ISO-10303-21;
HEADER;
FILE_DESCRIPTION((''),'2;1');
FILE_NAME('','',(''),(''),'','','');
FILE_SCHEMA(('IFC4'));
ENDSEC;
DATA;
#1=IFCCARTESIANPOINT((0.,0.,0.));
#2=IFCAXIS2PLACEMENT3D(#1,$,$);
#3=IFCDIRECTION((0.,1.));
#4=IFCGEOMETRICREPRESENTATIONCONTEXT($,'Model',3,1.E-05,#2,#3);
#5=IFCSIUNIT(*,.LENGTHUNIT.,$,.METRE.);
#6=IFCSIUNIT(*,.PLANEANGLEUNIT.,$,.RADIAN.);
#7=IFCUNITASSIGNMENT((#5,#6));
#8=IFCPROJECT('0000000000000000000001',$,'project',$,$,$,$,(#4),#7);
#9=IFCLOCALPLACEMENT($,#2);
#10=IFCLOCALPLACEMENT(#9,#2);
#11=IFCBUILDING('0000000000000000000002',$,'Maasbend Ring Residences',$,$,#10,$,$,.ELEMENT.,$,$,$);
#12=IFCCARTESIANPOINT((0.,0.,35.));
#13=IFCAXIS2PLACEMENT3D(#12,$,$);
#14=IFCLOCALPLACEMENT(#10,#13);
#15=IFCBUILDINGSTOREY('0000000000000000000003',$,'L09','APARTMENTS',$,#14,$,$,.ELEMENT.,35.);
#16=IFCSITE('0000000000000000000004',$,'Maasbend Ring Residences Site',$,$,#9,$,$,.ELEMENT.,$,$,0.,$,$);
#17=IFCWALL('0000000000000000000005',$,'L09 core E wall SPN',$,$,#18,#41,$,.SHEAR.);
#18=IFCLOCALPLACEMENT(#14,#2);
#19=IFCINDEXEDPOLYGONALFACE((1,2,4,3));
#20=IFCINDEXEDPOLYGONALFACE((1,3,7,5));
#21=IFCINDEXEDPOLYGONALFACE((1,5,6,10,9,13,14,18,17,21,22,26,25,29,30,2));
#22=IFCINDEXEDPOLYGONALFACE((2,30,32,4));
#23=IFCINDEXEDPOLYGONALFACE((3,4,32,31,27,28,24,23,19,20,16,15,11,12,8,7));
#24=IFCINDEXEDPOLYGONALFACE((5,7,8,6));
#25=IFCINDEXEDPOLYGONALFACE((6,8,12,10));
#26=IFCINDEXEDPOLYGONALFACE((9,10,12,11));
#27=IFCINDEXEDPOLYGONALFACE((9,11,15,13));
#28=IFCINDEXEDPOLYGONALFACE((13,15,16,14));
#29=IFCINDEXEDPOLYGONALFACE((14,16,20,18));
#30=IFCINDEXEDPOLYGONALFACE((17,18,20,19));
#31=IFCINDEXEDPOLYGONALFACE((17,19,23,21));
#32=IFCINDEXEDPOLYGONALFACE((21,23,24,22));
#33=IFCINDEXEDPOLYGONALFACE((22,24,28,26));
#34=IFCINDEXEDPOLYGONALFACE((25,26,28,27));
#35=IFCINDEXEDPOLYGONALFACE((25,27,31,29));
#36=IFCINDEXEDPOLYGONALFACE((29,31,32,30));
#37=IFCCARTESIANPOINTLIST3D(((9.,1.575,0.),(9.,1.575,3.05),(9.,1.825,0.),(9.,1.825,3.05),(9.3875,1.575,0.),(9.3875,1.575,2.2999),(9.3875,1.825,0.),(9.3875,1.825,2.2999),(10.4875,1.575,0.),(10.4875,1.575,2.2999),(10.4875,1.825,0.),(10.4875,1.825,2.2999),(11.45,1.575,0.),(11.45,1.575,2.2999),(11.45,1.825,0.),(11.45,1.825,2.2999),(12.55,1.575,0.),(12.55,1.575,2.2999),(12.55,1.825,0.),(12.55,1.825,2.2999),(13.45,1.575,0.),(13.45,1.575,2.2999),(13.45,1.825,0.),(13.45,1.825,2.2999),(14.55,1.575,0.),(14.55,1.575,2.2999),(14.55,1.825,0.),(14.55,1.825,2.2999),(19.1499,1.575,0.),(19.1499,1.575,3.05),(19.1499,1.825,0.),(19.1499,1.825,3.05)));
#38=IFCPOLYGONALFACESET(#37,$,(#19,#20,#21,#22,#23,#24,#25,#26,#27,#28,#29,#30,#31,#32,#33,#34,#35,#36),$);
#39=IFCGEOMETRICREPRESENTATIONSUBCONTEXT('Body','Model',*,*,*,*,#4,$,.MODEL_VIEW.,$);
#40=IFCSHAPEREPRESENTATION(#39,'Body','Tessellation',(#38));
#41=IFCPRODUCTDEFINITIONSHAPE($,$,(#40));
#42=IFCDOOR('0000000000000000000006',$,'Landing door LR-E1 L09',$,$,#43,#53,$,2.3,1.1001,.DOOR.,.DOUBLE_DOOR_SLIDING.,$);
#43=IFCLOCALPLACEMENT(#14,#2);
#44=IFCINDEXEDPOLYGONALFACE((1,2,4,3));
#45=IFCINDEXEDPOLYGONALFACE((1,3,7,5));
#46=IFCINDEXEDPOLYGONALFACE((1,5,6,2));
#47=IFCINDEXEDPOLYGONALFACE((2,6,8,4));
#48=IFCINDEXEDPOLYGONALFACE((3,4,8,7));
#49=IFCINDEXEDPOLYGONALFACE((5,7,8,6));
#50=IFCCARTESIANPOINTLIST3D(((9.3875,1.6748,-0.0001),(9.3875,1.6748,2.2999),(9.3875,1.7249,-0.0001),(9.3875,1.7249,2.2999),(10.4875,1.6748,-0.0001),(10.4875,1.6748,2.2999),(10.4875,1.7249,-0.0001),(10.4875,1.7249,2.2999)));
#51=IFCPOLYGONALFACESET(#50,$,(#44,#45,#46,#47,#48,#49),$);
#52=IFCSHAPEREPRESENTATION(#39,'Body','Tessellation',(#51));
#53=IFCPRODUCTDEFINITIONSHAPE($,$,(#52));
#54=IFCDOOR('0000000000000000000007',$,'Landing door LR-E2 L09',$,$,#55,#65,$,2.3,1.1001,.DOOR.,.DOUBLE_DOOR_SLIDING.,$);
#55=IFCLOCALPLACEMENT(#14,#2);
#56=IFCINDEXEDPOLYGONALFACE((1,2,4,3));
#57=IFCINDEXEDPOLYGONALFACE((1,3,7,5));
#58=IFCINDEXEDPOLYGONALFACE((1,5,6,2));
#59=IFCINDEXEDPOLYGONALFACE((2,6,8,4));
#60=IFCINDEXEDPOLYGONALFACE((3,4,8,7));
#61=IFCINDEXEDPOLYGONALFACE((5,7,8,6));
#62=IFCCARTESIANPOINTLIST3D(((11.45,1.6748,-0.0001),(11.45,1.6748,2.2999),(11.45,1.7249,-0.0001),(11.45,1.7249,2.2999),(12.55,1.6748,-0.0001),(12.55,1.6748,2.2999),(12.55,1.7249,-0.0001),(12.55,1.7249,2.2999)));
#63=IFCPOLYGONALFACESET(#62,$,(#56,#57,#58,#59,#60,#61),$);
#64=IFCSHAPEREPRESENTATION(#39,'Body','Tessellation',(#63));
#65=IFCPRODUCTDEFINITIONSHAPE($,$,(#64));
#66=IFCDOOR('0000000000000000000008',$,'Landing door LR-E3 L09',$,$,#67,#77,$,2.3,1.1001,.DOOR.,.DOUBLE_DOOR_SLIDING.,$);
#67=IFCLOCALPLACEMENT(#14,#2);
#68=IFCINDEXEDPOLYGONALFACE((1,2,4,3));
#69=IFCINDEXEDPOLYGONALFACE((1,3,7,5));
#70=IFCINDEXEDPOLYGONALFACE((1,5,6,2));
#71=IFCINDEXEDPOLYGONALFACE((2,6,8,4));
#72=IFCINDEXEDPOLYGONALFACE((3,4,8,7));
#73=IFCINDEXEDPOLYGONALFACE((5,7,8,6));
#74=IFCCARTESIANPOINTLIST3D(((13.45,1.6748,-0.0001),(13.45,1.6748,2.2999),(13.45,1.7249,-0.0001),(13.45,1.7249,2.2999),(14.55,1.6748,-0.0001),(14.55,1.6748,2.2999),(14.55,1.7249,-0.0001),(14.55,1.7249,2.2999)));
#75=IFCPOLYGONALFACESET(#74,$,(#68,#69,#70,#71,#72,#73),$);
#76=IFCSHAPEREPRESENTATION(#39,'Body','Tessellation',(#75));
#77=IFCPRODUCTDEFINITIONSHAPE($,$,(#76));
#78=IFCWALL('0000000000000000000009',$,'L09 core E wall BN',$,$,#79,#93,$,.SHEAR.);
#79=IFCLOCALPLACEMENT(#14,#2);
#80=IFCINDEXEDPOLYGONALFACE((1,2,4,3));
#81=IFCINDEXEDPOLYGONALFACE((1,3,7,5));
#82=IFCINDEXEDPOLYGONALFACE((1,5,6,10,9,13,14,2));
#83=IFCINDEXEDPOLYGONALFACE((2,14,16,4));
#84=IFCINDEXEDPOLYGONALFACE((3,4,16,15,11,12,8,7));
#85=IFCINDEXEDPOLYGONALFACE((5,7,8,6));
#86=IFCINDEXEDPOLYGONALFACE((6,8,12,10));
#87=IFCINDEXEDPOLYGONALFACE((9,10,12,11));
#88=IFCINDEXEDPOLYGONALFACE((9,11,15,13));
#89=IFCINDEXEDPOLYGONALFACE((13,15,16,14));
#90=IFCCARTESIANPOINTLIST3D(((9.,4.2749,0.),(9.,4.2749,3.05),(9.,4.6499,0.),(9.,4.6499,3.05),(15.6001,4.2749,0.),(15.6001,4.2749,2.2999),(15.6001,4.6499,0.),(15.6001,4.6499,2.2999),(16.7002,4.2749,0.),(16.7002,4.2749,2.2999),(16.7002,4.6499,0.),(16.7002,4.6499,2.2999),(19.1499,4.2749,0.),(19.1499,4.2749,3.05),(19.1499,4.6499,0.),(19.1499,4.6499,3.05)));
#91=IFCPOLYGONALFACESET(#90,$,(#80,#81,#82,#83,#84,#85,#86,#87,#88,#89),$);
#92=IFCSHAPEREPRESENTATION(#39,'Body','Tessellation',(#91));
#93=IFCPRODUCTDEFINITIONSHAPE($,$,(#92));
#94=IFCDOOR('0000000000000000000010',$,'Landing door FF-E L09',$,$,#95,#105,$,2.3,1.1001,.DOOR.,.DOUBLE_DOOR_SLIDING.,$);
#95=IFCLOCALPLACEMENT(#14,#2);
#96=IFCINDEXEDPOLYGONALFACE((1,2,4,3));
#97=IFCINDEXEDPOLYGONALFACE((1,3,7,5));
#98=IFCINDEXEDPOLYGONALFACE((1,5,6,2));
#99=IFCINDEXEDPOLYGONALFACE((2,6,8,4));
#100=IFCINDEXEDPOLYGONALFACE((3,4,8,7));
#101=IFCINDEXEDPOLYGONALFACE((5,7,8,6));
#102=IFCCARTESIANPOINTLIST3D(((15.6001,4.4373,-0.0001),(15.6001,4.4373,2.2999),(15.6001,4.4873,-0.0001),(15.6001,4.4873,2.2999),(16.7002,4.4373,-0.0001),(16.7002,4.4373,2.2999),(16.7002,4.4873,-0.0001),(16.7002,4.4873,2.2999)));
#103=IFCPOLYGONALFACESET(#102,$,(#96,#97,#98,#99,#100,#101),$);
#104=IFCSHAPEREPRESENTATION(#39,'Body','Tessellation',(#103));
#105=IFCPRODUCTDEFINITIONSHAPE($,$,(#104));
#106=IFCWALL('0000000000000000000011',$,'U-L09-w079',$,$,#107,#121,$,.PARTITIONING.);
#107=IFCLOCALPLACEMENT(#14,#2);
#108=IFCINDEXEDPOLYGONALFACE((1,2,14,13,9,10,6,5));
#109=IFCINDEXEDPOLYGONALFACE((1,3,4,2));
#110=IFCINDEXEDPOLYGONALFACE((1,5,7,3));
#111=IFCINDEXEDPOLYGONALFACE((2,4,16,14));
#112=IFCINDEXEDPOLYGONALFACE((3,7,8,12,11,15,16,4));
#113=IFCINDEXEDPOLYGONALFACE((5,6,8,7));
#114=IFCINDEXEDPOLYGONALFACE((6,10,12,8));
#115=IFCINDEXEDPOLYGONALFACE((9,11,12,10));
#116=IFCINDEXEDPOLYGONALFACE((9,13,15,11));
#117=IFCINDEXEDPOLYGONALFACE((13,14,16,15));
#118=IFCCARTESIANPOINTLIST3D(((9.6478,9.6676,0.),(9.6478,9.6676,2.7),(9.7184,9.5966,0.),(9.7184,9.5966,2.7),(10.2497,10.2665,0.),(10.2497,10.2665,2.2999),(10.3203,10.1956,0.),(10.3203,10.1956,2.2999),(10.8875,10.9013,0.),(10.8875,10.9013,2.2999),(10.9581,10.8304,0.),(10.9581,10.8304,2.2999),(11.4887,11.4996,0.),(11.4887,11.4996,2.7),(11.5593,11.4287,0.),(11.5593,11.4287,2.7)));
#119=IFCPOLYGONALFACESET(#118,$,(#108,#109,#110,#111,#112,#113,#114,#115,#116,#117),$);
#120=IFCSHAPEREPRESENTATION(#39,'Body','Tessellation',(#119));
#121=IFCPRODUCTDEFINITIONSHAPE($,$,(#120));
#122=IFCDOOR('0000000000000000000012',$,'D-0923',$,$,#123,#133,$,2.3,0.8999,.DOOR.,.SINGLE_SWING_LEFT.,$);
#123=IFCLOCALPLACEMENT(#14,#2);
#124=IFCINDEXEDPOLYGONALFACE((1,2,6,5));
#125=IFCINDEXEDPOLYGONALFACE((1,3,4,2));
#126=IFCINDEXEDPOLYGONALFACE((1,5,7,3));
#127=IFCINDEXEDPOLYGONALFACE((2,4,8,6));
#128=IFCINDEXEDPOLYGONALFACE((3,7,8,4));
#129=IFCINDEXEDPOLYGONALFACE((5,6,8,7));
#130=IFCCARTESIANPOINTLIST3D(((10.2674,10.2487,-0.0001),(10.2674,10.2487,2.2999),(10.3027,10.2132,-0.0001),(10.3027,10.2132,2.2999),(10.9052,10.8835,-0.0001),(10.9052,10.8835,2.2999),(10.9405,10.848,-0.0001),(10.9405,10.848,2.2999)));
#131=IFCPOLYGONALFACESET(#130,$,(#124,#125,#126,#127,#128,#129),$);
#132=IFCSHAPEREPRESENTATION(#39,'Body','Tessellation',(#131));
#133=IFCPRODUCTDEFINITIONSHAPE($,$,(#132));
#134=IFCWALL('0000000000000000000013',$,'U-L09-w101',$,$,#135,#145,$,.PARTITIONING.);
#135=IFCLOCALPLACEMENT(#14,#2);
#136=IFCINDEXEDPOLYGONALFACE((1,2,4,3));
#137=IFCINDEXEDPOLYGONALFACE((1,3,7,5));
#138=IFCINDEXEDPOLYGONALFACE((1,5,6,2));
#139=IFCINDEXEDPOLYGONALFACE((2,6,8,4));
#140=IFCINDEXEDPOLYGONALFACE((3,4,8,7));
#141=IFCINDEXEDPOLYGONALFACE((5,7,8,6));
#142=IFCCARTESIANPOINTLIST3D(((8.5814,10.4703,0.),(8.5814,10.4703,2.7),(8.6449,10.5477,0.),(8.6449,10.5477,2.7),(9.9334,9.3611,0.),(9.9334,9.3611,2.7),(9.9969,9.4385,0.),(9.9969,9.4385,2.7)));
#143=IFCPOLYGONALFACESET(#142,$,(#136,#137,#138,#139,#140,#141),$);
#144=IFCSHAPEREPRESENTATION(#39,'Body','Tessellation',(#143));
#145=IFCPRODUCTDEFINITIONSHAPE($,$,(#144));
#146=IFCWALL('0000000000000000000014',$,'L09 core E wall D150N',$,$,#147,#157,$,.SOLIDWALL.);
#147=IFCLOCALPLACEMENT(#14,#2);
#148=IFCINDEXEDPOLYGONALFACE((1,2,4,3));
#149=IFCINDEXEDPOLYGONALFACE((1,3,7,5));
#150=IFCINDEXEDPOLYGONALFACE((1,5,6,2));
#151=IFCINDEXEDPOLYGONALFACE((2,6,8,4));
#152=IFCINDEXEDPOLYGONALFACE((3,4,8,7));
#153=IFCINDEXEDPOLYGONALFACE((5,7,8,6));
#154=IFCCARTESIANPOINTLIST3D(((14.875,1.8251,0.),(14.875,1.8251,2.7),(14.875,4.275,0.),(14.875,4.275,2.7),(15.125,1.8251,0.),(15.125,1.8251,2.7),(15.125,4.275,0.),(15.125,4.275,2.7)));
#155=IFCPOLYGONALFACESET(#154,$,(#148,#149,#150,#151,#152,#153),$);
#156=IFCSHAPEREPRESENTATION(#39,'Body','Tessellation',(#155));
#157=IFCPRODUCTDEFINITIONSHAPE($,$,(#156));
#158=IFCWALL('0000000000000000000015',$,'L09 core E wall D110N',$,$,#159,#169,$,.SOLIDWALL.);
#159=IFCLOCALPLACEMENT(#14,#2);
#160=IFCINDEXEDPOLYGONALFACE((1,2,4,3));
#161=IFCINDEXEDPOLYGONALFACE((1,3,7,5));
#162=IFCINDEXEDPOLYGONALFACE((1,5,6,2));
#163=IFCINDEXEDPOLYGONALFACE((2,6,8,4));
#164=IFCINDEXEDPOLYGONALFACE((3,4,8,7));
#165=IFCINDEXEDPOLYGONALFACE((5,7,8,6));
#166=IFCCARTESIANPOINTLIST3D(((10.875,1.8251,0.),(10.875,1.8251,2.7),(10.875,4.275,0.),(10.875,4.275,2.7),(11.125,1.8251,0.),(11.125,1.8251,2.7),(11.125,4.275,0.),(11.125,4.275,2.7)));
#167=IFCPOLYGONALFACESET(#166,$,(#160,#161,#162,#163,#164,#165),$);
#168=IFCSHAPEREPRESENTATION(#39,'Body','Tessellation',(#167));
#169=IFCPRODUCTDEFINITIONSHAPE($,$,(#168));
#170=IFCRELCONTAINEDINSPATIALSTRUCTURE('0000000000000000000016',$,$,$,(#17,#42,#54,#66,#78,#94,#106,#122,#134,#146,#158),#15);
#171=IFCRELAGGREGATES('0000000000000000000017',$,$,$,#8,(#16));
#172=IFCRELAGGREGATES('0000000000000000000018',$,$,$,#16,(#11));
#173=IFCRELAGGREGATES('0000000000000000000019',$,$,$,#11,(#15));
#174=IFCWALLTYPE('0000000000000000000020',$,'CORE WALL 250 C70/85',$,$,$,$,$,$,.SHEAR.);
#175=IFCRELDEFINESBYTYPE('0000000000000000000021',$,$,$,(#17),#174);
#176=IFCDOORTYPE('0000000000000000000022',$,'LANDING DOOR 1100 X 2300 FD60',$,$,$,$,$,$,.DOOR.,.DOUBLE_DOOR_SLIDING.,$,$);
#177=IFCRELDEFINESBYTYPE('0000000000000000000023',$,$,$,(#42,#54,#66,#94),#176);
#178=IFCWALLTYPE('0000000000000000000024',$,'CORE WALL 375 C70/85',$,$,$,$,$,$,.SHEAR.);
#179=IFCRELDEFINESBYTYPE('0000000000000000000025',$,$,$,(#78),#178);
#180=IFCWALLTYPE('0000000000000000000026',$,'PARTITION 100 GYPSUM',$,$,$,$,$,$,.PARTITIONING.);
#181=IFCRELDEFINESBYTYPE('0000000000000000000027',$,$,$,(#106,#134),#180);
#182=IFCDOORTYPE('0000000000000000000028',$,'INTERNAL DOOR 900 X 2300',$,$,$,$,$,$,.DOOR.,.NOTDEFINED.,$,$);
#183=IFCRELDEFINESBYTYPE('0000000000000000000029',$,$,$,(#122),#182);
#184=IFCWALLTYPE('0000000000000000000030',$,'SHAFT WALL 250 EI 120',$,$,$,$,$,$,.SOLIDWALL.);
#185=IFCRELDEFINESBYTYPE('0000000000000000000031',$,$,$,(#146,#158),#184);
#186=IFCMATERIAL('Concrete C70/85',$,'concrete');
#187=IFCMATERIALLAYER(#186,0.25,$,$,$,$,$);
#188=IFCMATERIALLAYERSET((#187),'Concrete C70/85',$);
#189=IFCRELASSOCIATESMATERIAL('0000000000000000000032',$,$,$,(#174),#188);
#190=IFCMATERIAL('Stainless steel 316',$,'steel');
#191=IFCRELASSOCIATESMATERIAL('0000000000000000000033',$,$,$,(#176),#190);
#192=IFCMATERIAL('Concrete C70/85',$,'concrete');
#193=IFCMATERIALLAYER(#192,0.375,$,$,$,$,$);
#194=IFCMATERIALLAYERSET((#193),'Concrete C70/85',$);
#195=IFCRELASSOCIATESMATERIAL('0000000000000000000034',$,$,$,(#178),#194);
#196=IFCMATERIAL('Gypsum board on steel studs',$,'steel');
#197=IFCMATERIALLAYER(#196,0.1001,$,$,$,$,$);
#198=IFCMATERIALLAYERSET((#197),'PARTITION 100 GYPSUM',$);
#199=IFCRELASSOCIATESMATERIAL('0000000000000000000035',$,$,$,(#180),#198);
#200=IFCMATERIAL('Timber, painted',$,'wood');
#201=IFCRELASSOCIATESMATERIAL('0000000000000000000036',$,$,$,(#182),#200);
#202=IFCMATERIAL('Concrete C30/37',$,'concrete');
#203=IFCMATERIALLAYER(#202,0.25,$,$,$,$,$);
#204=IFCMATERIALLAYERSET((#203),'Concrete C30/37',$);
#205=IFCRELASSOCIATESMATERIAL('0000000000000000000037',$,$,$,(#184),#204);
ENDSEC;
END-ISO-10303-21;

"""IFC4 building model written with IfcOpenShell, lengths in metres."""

from ifc_helpers import new_model, si_unit, direction, frame, frame_2d, origin, place, context, subcontext, project, spatial, rectangle, extrude, material, layer, layer_set, type_object, element, fill, save


model = new_model("IFC4")

# Units and contexts
model_context = context("Model", 3, precision=1e-05, world=origin(), true_north=direction((0.0, 1.0)))
body_context = subcontext(model_context, "Body", "Model", "MODEL_VIEW")
ifc_project = project(units=[si_unit("LENGTHUNIT", "METRE"), si_unit("PLANEANGLEUNIT", "RADIAN")], contexts=[model_context])

# Site, building, storey
site_placement = place(None, origin())
site = spatial("IfcSite", under=ifc_project, at=site_placement, Name="Maasbend Ring Residences Site", CompositionType="ELEMENT", RefElevation=0.0)
building_placement = place(site_placement, origin())
building = spatial("IfcBuilding", under=site, at=building_placement, Name="Maasbend Ring Residences", CompositionType="ELEMENT")
storey_placement = place(building_placement, frame((0.0, 0.0, 35.0)))
storey = spatial("IfcBuildingStorey", under=building, at=storey_placement, Name="L09", Description="APARTMENTS", CompositionType="ELEMENT", Elevation=35.0)

# Wall, openings, doors
ifc_material_1 = material(Name="Concrete C70/85", Category="concrete")
ifc_layer_1 = layer(ifc_material_1, 0.25)
ifc_layer_set_1 = layer_set([ifc_layer_1], Name="Concrete C70/85")
wall_type_1 = type_object("IfcWallType", Name="CORE WALL 250 C70/85", PredefinedType="SHEAR", material=ifc_layer_set_1)
wall_1_placement = place(storey_placement, frame((9.0, 1.7, 0.0), z_axis=(0.0, 0.0, 1.0), x_axis=(1.0, 0.0, 0.0)))
wall_1 = element("IfcWall", 1, at=wall_1_placement, inside=storey, type_object=wall_type_1, Name="L09 core E wall SPN", PredefinedType="SHEAR", context=body_context, shape_type="SweptSolid", body=[
    extrude(rectangle(XDim=10.1499, YDim=0.25, at=frame_2d((5.075, 0.0))), origin(), (0.0, 0.0, 1.0), 3.05),
])
opening_1_placement = place(wall_1_placement, frame((0.3875, 0.0, 0.0)))
opening_1 = element("IfcOpeningElement", 2, at=opening_1_placement, cuts=wall_1, PredefinedType="OPENING", context=body_context, shape_type="SweptSolid", body=[
    extrude(rectangle(XDim=1.1001, YDim=2.3, at=frame_2d((0.55, 1.1499))), frame((0.0, 0.135, 0.0), z_axis=(0.0, -1.0, 0.0), x_axis=(1.0, 0.0, 0.0)), (0.0, 0.0, 1.0), 0.27),
])
opening_2_placement = place(wall_1_placement, frame((2.45, 0.0, 0.0)))
opening_2 = element("IfcOpeningElement", 3, at=opening_2_placement, cuts=wall_1, PredefinedType="OPENING", context=body_context, shape_type="SweptSolid", body=[
    extrude(rectangle(XDim=1.1001, YDim=2.3, at=frame_2d((0.55, 1.1499))), frame((0.0, 0.135, 0.0), z_axis=(0.0, -1.0, 0.0), x_axis=(1.0, 0.0, 0.0)), (0.0, 0.0, 1.0), 0.27),
])
opening_3_placement = place(wall_1_placement, frame((4.45, 0.0, 0.0)))
opening_3 = element("IfcOpeningElement", 4, at=opening_3_placement, cuts=wall_1, PredefinedType="OPENING", context=body_context, shape_type="SweptSolid", body=[
    extrude(rectangle(XDim=1.1001, YDim=2.3, at=frame_2d((0.55, 1.1499))), frame((0.0, 0.135, 0.0), z_axis=(0.0, -1.0, 0.0), x_axis=(1.0, 0.0, 0.0)), (0.0, 0.0, 1.0), 0.27),
])
ifc_material_2 = material(Name="Stainless steel 316", Category="steel")
door_type_1 = type_object("IfcDoorType", Name="LANDING DOOR 1100 X 2300 FD60", OperationType="DOUBLE_DOOR_SLIDING", PredefinedType="DOOR", material=ifc_material_2)
door_1_placement = place(opening_1_placement, origin())
door_1 = element("IfcDoor", 5, at=door_1_placement, inside=storey, type_object=door_type_1, Name="Landing door LR-E1 L09", OperationType="DOUBLE_DOOR_SLIDING", OverallHeight=2.3, OverallWidth=1.1001, PredefinedType="DOOR", context=body_context, shape_type="SweptSolid", body=[
    extrude(rectangle(XDim=1.1001, YDim=2.3, at=frame_2d((0.55, 1.1499))), frame((0.0, 0.0249, 0.0), z_axis=(0.0, -1.0, 0.0), x_axis=(1.0, 0.0, 0.0)), (0.0, 0.0, 1.0), 0.05),
])
fill(opening_1, door_1)
door_2_placement = place(opening_2_placement, origin())
door_2 = element("IfcDoor", 6, at=door_2_placement, inside=storey, type_object=door_type_1, Name="Landing door LR-E2 L09", OperationType="DOUBLE_DOOR_SLIDING", OverallHeight=2.3, OverallWidth=1.1001, PredefinedType="DOOR", context=body_context, shape_type="SweptSolid", body=[
    extrude(rectangle(XDim=1.1001, YDim=2.3, at=frame_2d((0.55, 1.1499))), frame((0.0, 0.0249, 0.0), z_axis=(0.0, -1.0, 0.0), x_axis=(1.0, 0.0, 0.0)), (0.0, 0.0, 1.0), 0.05),
])
fill(opening_2, door_2)
door_3_placement = place(opening_3_placement, origin())
door_3 = element("IfcDoor", 7, at=door_3_placement, inside=storey, type_object=door_type_1, Name="Landing door LR-E3 L09", OperationType="DOUBLE_DOOR_SLIDING", OverallHeight=2.3, OverallWidth=1.1001, PredefinedType="DOOR", context=body_context, shape_type="SweptSolid", body=[
    extrude(rectangle(XDim=1.1001, YDim=2.3, at=frame_2d((0.55, 1.1499))), frame((0.0, 0.0249, 0.0), z_axis=(0.0, -1.0, 0.0), x_axis=(1.0, 0.0, 0.0)), (0.0, 0.0, 1.0), 0.05),
])
fill(opening_3, door_3)

# Walls, openings, doors
ifc_material_3 = material(Name="Concrete C70/85", Category="concrete")
ifc_layer_2 = layer(ifc_material_3, 0.375)
ifc_layer_set_2 = layer_set([ifc_layer_2], Name="Concrete C70/85")
wall_type_2 = type_object("IfcWallType", Name="CORE WALL 375 C70/85", PredefinedType="SHEAR", material=ifc_layer_set_2)
wall_2_placement = place(storey_placement, frame((9.0, 4.4624, 0.0), z_axis=(0.0, 0.0, 1.0), x_axis=(1.0, 0.0, 0.0)))
wall_2 = element("IfcWall", 8, at=wall_2_placement, inside=storey, type_object=wall_type_2, Name="L09 core E wall BN", PredefinedType="SHEAR", context=body_context, shape_type="SweptSolid", body=[
    extrude(rectangle(XDim=10.1499, YDim=0.375, at=frame_2d((5.075, 0.0))), origin(), (0.0, 0.0, 1.0), 3.05),
])
opening_4_placement = place(wall_2_placement, frame((6.6001, 0.0, 0.0)))
opening_4 = element("IfcOpeningElement", 9, at=opening_4_placement, cuts=wall_2, PredefinedType="OPENING", context=body_context, shape_type="SweptSolid", body=[
    extrude(rectangle(XDim=1.1001, YDim=2.3, at=frame_2d((0.55, 1.1499))), frame((0.0, 0.1975, 0.0), z_axis=(0.0, -1.0, 0.0), x_axis=(1.0, 0.0, 0.0)), (0.0, 0.0, 1.0), 0.395),
])
door_4_placement = place(opening_4_placement, origin())
door_4 = element("IfcDoor", 10, at=door_4_placement, inside=storey, type_object=door_type_1, Name="Landing door FF-E L09", OperationType="DOUBLE_DOOR_SLIDING", OverallHeight=2.3, OverallWidth=1.1001, PredefinedType="DOOR", context=body_context, shape_type="SweptSolid", body=[
    extrude(rectangle(XDim=1.1001, YDim=2.3, at=frame_2d((0.55, 1.1499))), frame((0.0, 0.0249, 0.0), z_axis=(0.0, -1.0, 0.0), x_axis=(1.0, 0.0, 0.0)), (0.0, 0.0, 1.0), 0.05),
])
fill(opening_4, door_4)
ifc_material_4 = material(Name="Gypsum board on steel studs", Category="steel")
ifc_layer_3 = layer(ifc_material_4, 0.1001)
ifc_layer_set_3 = layer_set([ifc_layer_3], Name="PARTITION 100 GYPSUM")
wall_type_3 = type_object("IfcWallType", Name="PARTITION 100 GYPSUM", PredefinedType="PARTITIONING", material=ifc_layer_set_3)
wall_3_placement = place(storey_placement, frame((9.6831, 9.6321, 0.0), z_axis=(0.0, 0.0, 1.0), x_axis=(0.708797, 0.705413, 0.0)))
wall_3 = element("IfcWall", 11, at=wall_3_placement, inside=storey, type_object=wall_type_3, Name="U-L09-w079", PredefinedType="PARTITIONING", context=body_context, shape_type="SweptSolid", body=[
    extrude(rectangle(XDim=2.5972, YDim=0.1001, at=frame_2d((1.2986, 0.0))), origin(), (0.0, 0.0, 1.0), 2.7),
])
opening_5_placement = place(wall_3_placement, frame((0.8491, 0.0, 0.0)))
opening_5 = element("IfcOpeningElement", 12, at=opening_5_placement, cuts=wall_3, PredefinedType="OPENING", context=body_context, shape_type="SweptSolid", body=[
    extrude(rectangle(XDim=0.8999, YDim=2.3, at=frame_2d((0.45, 1.1499))), frame((0.0, 0.0601, 0.0), z_axis=(0.0, -1.0, 0.0), x_axis=(1.0, 0.0, 0.0)), (0.0, 0.0, 1.0), 0.1201),
])
ifc_material_5 = material(Name="Timber, painted", Category="wood")
door_type_2 = type_object("IfcDoorType", Name="INTERNAL DOOR 900 X 2300", OperationType="NOTDEFINED", PredefinedType="DOOR", material=ifc_material_5)
door_5_placement = place(opening_5_placement, origin())
door_5 = element("IfcDoor", 13, at=door_5_placement, inside=storey, type_object=door_type_2, Name="D-0923", OperationType="SINGLE_SWING_LEFT", OverallHeight=2.3, OverallWidth=0.8999, PredefinedType="DOOR", context=body_context, shape_type="SweptSolid", body=[
    extrude(rectangle(XDim=0.8999, YDim=2.3, at=frame_2d((0.45, 1.1499))), frame((0.0, 0.0249, 0.0), z_axis=(0.0, -1.0, 0.0), x_axis=(1.0, 0.0, 0.0)), (0.0, 0.0, 1.0), 0.05),
])
fill(opening_5, door_5)

# Walls
wall_4_placement = place(storey_placement, frame((8.613, 10.509, 0.0), z_axis=(0.0, 0.0, 1.0), x_axis=(0.773142, -0.634233, 0.0)))
element("IfcWall", 14, at=wall_4_placement, inside=storey, type_object=wall_type_3, Name="U-L09-w101", PredefinedType="PARTITIONING", context=body_context, shape_type="SweptSolid", body=[
    extrude(rectangle(XDim=1.7488, YDim=0.1001, at=frame_2d((0.8745, 0.0))), origin(), (0.0, 0.0, 1.0), 2.7),
])
ifc_material_6 = material(Name="Concrete C30/37", Category="concrete")
ifc_layer_4 = layer(ifc_material_6, 0.25)
ifc_layer_set_4 = layer_set([ifc_layer_4], Name="Concrete C30/37")
wall_type_4 = type_object("IfcWallType", Name="SHAFT WALL 250 EI 120", PredefinedType="SOLIDWALL", material=ifc_layer_set_4)
for number, where, z_axis, x_axis, name in (
    (15, (15.0, 1.825, 0.0), (0.0, 0.0, 1.0), (0.0, 1.0, 0.0), "L09 core E wall D150N"),
    (16, (11.0, 1.825, 0.0), (0.0, 0.0, 1.0), (0.0, 1.0, 0.0), "L09 core E wall D110N"),
):
    element("IfcWall", number, at=place(storey_placement, frame(where, z_axis=z_axis, x_axis=x_axis)), inside=storey, type_object=wall_type_4, Name=name, PredefinedType="SOLIDWALL", context=body_context, shape_type="SweptSolid", body=[
        extrude(rectangle(XDim=2.45, YDim=0.25, at=frame_2d((1.2251, 0.0))), origin(), (0.0, 0.0, 1.0), 2.7),
    ])

save(model, "model.ifc")
